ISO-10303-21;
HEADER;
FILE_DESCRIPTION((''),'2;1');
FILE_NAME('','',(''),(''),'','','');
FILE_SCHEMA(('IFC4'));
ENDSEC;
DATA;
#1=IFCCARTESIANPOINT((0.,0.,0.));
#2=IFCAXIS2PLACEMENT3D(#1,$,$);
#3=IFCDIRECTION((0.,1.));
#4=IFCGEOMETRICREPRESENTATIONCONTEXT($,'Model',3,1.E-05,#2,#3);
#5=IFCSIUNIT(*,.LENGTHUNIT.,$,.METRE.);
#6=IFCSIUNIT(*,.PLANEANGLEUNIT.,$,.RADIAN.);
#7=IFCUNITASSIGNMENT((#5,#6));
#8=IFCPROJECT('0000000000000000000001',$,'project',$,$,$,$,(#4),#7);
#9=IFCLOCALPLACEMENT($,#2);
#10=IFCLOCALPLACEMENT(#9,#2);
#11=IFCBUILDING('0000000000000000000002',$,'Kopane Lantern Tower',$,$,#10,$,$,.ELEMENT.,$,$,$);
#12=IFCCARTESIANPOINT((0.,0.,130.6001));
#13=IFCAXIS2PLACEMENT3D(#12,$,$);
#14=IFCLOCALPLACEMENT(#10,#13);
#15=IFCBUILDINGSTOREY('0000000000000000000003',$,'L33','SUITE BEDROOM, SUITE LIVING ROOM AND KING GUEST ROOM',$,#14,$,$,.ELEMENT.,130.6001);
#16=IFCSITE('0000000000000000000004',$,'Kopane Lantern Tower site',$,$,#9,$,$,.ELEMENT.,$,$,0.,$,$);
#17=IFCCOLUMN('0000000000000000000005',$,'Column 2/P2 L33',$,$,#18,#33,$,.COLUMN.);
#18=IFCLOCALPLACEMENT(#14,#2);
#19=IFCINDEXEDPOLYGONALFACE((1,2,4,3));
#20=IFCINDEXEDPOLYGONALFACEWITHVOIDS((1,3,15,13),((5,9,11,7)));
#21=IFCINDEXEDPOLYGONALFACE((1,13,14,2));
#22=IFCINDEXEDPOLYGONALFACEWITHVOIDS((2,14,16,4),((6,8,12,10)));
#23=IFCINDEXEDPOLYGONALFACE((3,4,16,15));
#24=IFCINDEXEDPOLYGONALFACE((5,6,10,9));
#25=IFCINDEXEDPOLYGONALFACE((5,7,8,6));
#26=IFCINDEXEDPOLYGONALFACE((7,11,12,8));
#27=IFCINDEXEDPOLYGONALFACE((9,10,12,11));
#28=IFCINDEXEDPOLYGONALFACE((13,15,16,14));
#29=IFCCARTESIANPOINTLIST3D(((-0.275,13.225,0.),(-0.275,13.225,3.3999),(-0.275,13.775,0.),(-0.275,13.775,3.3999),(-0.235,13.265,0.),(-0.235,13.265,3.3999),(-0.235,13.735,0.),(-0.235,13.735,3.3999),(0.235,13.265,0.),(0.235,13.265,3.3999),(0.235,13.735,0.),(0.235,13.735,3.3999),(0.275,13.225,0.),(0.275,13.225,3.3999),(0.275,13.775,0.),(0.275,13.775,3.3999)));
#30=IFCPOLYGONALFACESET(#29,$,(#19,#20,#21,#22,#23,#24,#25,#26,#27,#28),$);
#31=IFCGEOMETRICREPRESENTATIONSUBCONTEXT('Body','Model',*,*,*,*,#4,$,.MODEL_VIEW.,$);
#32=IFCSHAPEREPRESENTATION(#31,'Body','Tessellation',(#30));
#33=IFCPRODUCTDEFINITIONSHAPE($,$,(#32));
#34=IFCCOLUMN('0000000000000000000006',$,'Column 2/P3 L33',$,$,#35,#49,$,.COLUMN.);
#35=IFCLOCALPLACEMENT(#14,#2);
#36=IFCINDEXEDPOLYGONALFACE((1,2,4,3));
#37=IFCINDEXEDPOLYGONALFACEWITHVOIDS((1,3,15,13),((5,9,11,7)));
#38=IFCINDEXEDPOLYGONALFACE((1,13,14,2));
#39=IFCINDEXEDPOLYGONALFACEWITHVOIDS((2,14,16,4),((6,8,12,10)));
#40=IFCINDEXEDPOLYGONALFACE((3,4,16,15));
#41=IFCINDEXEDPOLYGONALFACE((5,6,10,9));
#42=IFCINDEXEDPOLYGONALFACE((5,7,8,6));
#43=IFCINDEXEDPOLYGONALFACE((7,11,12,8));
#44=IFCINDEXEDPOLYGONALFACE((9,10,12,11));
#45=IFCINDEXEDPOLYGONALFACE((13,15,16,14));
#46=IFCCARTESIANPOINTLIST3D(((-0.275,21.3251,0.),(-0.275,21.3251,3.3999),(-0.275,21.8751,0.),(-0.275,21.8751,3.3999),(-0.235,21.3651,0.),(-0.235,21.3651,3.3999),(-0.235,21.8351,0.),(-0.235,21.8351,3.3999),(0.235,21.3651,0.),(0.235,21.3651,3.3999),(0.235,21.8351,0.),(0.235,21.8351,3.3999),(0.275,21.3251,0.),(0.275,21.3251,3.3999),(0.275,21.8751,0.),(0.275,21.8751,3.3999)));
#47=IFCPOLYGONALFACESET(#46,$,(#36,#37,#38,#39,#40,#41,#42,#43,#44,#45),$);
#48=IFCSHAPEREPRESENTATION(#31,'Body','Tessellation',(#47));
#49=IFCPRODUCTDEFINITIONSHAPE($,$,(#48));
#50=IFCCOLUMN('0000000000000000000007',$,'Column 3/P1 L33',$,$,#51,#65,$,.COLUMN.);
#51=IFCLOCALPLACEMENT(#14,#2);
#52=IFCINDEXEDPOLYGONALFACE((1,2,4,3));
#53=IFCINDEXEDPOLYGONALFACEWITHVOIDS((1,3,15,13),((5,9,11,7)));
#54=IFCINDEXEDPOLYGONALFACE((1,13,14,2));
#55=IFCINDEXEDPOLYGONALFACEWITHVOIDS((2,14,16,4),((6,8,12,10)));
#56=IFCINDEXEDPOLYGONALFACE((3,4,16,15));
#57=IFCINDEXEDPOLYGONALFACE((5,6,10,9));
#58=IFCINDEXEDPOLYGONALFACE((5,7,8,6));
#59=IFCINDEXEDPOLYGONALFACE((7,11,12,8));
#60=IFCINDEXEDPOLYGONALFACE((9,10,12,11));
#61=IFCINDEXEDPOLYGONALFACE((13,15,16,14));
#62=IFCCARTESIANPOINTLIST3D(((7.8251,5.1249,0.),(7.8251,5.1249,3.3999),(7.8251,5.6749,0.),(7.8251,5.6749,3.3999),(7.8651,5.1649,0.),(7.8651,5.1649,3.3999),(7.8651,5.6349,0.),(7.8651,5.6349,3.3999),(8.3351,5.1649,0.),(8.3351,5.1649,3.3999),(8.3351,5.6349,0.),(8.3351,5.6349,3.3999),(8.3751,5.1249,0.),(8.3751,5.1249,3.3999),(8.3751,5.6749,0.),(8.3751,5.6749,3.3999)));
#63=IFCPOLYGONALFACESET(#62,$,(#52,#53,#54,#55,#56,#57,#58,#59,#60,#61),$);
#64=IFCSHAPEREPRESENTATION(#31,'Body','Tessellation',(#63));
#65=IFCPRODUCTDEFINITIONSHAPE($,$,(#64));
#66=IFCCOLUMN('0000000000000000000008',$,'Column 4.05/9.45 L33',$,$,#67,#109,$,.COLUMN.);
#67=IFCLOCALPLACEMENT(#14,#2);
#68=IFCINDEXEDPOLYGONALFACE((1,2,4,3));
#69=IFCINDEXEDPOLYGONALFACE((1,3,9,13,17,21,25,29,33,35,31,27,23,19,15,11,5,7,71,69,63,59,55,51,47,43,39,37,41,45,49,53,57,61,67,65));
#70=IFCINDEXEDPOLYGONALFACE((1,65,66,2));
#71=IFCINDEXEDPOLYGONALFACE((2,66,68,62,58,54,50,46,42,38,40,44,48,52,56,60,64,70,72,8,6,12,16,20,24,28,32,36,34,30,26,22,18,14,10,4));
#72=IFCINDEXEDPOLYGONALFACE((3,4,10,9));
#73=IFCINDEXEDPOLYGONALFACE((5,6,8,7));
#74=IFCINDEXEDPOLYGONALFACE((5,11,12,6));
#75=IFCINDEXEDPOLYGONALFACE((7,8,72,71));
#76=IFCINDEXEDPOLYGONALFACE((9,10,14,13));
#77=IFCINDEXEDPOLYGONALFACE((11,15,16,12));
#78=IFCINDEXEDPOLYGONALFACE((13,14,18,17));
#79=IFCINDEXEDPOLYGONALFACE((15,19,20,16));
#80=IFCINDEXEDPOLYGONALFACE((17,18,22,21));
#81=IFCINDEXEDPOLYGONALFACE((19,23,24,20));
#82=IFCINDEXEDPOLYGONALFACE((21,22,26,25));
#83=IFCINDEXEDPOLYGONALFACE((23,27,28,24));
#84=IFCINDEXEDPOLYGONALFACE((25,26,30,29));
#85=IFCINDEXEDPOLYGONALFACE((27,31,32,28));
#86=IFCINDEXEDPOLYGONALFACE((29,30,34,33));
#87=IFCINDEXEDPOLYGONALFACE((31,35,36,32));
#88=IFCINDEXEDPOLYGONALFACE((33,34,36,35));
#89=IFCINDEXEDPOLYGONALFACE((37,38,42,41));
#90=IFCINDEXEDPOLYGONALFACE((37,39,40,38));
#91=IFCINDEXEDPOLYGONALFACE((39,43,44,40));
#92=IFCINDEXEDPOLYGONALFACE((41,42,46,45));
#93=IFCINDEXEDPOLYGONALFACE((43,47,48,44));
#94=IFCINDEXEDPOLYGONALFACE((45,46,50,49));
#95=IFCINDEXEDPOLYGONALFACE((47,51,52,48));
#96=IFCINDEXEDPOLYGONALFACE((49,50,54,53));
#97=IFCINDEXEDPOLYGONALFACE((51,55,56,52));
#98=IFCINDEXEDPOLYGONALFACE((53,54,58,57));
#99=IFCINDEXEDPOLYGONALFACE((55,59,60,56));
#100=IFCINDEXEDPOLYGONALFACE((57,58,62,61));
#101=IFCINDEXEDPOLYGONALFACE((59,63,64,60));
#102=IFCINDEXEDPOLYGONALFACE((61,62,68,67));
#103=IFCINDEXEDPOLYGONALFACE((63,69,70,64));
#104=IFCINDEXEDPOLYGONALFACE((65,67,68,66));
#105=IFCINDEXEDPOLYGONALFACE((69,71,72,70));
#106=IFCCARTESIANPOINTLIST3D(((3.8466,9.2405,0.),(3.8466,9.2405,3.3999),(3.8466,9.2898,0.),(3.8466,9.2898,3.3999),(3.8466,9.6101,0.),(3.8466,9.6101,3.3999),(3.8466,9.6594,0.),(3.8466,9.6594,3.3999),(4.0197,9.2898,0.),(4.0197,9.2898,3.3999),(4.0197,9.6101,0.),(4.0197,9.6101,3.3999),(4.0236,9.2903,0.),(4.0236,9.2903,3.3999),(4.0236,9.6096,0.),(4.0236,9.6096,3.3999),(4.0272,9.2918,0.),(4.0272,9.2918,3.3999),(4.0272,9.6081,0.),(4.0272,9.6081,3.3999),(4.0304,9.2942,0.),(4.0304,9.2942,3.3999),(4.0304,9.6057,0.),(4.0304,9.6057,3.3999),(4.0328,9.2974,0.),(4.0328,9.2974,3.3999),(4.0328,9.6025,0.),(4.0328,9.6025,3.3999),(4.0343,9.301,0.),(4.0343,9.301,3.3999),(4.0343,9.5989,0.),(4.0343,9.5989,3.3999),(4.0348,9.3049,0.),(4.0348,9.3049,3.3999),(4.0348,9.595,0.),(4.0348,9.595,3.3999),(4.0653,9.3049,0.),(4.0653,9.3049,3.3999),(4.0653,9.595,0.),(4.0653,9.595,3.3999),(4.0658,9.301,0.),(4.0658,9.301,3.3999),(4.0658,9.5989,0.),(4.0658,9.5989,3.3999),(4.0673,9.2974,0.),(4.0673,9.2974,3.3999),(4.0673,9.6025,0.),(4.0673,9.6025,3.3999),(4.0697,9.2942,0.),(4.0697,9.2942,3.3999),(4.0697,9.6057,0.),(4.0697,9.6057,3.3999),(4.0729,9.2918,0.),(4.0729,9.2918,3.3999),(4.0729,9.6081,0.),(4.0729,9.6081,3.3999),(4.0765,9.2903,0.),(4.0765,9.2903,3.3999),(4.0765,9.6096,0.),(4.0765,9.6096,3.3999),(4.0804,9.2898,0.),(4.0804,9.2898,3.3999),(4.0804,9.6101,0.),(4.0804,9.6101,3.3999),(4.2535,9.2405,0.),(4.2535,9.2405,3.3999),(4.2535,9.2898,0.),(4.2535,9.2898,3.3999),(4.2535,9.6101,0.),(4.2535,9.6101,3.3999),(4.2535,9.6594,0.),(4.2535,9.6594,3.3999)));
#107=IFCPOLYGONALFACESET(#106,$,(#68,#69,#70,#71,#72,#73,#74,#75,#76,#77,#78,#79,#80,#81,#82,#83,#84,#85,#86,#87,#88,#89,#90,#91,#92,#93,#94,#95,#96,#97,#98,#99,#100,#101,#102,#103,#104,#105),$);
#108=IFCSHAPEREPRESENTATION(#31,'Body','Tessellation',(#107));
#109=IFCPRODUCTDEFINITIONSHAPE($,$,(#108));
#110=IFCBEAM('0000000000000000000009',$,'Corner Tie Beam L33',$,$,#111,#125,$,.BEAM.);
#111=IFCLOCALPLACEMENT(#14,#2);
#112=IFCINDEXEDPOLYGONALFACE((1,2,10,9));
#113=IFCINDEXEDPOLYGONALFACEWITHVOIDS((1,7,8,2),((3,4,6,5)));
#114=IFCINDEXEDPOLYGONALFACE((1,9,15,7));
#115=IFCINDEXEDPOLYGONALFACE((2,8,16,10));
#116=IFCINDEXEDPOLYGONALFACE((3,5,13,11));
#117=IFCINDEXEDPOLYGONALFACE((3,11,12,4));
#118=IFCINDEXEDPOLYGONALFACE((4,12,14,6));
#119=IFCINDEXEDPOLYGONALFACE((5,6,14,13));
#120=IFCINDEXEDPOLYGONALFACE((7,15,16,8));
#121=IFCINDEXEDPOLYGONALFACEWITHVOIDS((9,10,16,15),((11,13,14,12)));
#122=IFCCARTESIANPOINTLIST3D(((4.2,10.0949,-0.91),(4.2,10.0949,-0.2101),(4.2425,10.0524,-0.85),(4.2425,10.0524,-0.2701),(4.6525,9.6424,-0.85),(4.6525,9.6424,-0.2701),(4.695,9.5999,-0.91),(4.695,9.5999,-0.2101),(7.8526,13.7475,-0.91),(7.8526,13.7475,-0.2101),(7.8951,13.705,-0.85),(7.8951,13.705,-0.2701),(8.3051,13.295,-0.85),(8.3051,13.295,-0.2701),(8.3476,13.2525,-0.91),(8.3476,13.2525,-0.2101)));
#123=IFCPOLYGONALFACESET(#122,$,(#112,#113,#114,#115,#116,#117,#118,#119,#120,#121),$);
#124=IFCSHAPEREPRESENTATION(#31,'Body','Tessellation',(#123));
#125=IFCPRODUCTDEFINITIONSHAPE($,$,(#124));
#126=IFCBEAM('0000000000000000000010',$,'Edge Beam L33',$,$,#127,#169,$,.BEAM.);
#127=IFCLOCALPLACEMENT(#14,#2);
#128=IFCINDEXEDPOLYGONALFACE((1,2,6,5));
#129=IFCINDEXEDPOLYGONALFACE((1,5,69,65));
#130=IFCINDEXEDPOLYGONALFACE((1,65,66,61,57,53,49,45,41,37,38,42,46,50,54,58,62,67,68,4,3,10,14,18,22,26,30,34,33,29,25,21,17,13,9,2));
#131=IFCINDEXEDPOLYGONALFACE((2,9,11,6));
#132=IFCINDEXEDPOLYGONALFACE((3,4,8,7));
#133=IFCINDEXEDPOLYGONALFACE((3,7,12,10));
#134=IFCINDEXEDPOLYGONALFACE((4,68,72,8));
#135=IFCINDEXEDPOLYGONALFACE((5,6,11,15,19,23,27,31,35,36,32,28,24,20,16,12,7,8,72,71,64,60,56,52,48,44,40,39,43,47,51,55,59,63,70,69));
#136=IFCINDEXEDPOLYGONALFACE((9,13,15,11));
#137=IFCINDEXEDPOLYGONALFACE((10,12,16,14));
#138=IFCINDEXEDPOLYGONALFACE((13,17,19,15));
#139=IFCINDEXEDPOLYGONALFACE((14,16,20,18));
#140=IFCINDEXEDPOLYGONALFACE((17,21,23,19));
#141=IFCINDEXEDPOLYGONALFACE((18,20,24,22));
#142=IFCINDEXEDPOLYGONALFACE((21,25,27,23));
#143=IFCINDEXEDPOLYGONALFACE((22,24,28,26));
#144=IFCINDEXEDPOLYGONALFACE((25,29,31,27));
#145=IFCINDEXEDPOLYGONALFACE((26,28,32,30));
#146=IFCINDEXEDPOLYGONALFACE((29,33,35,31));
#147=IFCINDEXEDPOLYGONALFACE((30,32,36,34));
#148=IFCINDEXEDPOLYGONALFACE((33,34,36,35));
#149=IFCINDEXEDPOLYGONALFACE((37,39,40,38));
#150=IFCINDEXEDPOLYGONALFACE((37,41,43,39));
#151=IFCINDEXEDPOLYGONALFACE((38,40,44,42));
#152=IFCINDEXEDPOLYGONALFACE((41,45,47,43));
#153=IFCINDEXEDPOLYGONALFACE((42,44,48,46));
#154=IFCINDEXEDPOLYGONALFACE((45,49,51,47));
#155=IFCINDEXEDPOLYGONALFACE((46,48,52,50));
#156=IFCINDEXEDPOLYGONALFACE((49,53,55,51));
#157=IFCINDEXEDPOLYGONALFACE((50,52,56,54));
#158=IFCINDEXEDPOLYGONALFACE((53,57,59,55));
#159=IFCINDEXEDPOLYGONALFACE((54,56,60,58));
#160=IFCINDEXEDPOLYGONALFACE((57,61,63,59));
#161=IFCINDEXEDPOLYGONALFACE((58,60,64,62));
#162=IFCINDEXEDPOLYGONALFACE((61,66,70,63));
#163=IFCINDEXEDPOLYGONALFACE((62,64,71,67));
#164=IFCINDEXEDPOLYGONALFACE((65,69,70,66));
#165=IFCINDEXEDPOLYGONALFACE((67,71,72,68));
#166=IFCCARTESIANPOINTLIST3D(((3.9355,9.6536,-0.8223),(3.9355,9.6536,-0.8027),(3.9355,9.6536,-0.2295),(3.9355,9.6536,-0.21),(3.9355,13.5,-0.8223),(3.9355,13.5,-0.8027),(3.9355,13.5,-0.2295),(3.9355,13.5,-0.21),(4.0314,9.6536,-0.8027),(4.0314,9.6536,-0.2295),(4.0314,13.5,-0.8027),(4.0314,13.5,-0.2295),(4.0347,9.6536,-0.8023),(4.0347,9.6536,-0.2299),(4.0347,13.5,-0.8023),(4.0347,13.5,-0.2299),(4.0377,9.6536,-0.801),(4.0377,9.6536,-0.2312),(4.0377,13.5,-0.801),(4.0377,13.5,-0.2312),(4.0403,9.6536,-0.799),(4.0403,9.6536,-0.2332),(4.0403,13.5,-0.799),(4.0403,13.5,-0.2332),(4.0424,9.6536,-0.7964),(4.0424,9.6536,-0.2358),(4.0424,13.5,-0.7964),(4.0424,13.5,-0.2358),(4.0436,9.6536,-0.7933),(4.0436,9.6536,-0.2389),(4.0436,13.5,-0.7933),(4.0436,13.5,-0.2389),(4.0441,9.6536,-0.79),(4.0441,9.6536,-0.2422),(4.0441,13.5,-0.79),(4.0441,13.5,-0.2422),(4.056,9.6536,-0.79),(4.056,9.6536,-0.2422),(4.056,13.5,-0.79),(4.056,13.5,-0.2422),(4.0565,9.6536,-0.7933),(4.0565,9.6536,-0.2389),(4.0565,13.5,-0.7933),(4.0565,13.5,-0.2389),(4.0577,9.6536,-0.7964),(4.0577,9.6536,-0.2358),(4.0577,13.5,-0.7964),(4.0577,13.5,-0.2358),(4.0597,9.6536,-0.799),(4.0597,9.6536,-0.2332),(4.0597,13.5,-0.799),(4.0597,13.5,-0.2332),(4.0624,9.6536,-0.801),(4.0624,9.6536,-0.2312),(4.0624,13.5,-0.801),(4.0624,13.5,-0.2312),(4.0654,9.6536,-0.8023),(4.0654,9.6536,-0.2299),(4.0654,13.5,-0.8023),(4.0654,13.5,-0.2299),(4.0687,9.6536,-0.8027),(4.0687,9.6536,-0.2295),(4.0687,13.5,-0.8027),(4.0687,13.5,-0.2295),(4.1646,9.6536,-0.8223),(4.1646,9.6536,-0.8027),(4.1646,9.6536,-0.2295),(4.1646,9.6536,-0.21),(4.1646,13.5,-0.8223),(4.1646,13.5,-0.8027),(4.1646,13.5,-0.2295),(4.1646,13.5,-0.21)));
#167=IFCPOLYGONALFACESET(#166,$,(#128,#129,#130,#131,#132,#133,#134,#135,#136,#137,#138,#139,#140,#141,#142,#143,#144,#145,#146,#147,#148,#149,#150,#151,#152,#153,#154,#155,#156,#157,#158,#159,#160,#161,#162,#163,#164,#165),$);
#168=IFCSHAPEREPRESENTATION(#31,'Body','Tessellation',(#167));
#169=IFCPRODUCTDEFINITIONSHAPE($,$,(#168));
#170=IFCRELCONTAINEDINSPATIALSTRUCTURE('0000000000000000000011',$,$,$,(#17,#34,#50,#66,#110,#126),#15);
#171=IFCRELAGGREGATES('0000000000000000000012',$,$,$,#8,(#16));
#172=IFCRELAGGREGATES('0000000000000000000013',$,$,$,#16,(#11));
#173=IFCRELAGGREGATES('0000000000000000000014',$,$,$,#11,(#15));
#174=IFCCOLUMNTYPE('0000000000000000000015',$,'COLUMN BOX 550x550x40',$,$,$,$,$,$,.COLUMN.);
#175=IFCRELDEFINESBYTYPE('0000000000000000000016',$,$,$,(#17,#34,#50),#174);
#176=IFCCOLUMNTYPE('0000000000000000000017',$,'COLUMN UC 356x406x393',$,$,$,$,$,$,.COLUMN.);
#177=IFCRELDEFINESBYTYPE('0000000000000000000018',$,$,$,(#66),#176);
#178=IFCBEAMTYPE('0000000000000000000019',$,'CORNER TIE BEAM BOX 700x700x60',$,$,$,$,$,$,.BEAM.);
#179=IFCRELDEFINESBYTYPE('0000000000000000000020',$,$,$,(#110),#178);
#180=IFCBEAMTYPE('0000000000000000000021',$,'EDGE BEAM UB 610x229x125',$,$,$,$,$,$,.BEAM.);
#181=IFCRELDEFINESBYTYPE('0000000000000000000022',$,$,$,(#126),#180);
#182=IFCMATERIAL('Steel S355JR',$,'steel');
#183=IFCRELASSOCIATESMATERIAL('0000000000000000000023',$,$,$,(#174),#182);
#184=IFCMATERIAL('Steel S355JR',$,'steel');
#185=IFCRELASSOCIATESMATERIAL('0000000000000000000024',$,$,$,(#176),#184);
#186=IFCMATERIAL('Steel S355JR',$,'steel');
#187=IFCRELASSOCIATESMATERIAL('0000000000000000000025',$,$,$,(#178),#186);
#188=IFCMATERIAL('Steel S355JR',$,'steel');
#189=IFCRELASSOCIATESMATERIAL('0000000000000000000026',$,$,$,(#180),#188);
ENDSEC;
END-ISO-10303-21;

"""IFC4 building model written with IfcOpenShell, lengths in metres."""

from ifc_helpers import new_model, si_unit, direction, frame, origin, origin_2d, place, context, subcontext, project, spatial, hollow_rectangle, i_section, extrude, material, material_profile, profile_set, type_object, element, save


model = new_model("IFC4")

# Units and contexts
model_context = context("Model", 3, precision=1e-05, world=origin(), true_north=direction((0.0, 1.0)))
body_context = subcontext(model_context, "Body", "Model", "MODEL_VIEW")
ifc_project = project(units=[si_unit("LENGTHUNIT", "METRE"), si_unit("PLANEANGLEUNIT", "RADIAN")], contexts=[model_context])

# Site, building, storey
site_placement = place(None, origin())
site = spatial("IfcSite", under=ifc_project, at=site_placement, Name="Kopane Lantern Tower site", CompositionType="ELEMENT", RefElevation=0.0)
building_placement = place(site_placement, origin())
building = spatial("IfcBuilding", under=site, at=building_placement, Name="Kopane Lantern Tower", CompositionType="ELEMENT")
storey_placement = place(building_placement, frame((0.0, 0.0, 130.6001)))
storey = spatial("IfcBuildingStorey", under=building, at=storey_placement, Name="L33", Description="SUITE BEDROOM, SUITE LIVING ROOM AND KING GUEST ROOM", CompositionType="ELEMENT", Elevation=130.6001)

# Columns
ifc_material_1 = material(Name="Steel S355JR", Category="steel")
ifc_material_profile_1 = material_profile(ifc_material_1, hollow_rectangle(XDim=0.55, YDim=0.55, WallThickness=0.04, at=origin_2d()), Name="BOX 550x550x40")
ifc_profile_set_1 = profile_set([ifc_material_profile_1], Name="Steel S355JR")
column_type_1 = type_object("IfcColumnType", Name="COLUMN BOX 550x550x40", PredefinedType="COLUMN", material=ifc_profile_set_1)
for number, where, z_axis, x_axis, name in (
    (1, (0.0, 13.5, 0.0), (0.0, 0.0, 1.0), (1.0, 0.0, 0.0), "Column 2/P2 L33"),
    (2, (0.0, 21.6001, 0.0), (0.0, 0.0, 1.0), (1.0, 0.0, 0.0), "Column 2/P3 L33"),
    (3, (8.1001, 5.3999, 0.0), (0.0, 0.0, 1.0), (1.0, 0.0, 0.0), "Column 3/P1 L33"),
):
    element("IfcColumn", number, at=place(storey_placement, frame(where, z_axis=z_axis, x_axis=x_axis)), inside=storey, type_object=column_type_1, Name=name, PredefinedType="COLUMN", context=body_context, shape_type="SweptSolid", body=[
        extrude(hollow_rectangle(XDim=0.55, YDim=0.55, WallThickness=0.04, at=origin_2d()), origin(), (0.0, 0.0, 1.0), 3.3999),
    ])
ifc_material_2 = material(Name="Steel S355JR", Category="steel")
ifc_material_profile_2 = material_profile(ifc_material_2, i_section(OverallWidth=0.407, OverallDepth=0.4189, WebThickness=0.0305, FlangeThickness=0.0493, FilletRadius=0.0151, at=origin_2d()), Name="UC 356x406x393")
ifc_profile_set_2 = profile_set([ifc_material_profile_2], Name="Steel S355JR")
column_type_2 = type_object("IfcColumnType", Name="COLUMN UC 356x406x393", PredefinedType="COLUMN", material=ifc_profile_set_2)
column_placement = place(storey_placement, frame((4.05, 9.45, 0.0), z_axis=(0.0, 0.0, 1.0), x_axis=(1.0, 0.0, 0.0)))
element("IfcColumn", 4, at=column_placement, inside=storey, type_object=column_type_2, Name="Column 4.05/9.45 L33", PredefinedType="COLUMN", context=body_context, shape_type="SweptSolid", body=[
    extrude(i_section(OverallWidth=0.407, OverallDepth=0.4189, WebThickness=0.0305, FlangeThickness=0.0493, FilletRadius=0.0151, at=origin_2d()), origin(), (0.0, 0.0, 1.0), 3.3999),
])

# Beams
ifc_material_3 = material(Name="Steel S355JR", Category="steel")
ifc_material_profile_3 = material_profile(ifc_material_3, hollow_rectangle(XDim=0.7, YDim=0.7, WallThickness=0.0601, at=origin_2d()), Name="BOX 700x700x60")
ifc_profile_set_3 = profile_set([ifc_material_profile_3], Name="Steel S355JR")
beam_type_1 = type_object("IfcBeamType", Name="CORNER TIE BEAM BOX 700x700x60", PredefinedType="BEAM", material=ifc_profile_set_3)
beam_1_placement = place(storey_placement, frame((4.4475, 9.8474, -0.5601), z_axis=(0.707107, 0.707107, 0.0), x_axis=(-0.707107, 0.707107, 0.0)))
element("IfcBeam", 5, at=beam_1_placement, inside=storey, type_object=beam_type_1, Name="Corner Tie Beam L33", PredefinedType="BEAM", context=body_context, shape_type="SweptSolid", body=[
    extrude(hollow_rectangle(XDim=0.7, YDim=0.7, WallThickness=0.0601, at=origin_2d()), origin(), (0.0, 0.0, 1.0), 5.1655),
])
ifc_material_4 = material(Name="Steel S355JR", Category="steel")
ifc_material_profile_4 = material_profile(ifc_material_4, i_section(OverallWidth=0.229, OverallDepth=0.6123, WebThickness=0.012, FlangeThickness=0.0195, FilletRadius=0.0127, at=origin_2d()), Name="UB 610x229x125")
ifc_profile_set_4 = profile_set([ifc_material_profile_4], Name="Steel S355JR")
beam_type_2 = type_object("IfcBeamType", Name="EDGE BEAM UB 610x229x125", PredefinedType="BEAM", material=ifc_profile_set_4)
beam_2_placement = place(storey_placement, frame((4.05, 9.6536, -0.5161), z_axis=(0.0, 1.0, 0.0), x_axis=(-1.0, 0.0, 0.0)))
element("IfcBeam", 6, at=beam_2_placement, inside=storey, type_object=beam_type_2, Name="Edge Beam L33", PredefinedType="BEAM", context=body_context, shape_type="SweptSolid", body=[
    extrude(i_section(OverallWidth=0.229, OverallDepth=0.6123, WebThickness=0.012, FlangeThickness=0.0195, FilletRadius=0.0127, at=origin_2d()), origin(), (0.0, 0.0, 1.0), 3.8464),
])

save(model, "model.ifc")
